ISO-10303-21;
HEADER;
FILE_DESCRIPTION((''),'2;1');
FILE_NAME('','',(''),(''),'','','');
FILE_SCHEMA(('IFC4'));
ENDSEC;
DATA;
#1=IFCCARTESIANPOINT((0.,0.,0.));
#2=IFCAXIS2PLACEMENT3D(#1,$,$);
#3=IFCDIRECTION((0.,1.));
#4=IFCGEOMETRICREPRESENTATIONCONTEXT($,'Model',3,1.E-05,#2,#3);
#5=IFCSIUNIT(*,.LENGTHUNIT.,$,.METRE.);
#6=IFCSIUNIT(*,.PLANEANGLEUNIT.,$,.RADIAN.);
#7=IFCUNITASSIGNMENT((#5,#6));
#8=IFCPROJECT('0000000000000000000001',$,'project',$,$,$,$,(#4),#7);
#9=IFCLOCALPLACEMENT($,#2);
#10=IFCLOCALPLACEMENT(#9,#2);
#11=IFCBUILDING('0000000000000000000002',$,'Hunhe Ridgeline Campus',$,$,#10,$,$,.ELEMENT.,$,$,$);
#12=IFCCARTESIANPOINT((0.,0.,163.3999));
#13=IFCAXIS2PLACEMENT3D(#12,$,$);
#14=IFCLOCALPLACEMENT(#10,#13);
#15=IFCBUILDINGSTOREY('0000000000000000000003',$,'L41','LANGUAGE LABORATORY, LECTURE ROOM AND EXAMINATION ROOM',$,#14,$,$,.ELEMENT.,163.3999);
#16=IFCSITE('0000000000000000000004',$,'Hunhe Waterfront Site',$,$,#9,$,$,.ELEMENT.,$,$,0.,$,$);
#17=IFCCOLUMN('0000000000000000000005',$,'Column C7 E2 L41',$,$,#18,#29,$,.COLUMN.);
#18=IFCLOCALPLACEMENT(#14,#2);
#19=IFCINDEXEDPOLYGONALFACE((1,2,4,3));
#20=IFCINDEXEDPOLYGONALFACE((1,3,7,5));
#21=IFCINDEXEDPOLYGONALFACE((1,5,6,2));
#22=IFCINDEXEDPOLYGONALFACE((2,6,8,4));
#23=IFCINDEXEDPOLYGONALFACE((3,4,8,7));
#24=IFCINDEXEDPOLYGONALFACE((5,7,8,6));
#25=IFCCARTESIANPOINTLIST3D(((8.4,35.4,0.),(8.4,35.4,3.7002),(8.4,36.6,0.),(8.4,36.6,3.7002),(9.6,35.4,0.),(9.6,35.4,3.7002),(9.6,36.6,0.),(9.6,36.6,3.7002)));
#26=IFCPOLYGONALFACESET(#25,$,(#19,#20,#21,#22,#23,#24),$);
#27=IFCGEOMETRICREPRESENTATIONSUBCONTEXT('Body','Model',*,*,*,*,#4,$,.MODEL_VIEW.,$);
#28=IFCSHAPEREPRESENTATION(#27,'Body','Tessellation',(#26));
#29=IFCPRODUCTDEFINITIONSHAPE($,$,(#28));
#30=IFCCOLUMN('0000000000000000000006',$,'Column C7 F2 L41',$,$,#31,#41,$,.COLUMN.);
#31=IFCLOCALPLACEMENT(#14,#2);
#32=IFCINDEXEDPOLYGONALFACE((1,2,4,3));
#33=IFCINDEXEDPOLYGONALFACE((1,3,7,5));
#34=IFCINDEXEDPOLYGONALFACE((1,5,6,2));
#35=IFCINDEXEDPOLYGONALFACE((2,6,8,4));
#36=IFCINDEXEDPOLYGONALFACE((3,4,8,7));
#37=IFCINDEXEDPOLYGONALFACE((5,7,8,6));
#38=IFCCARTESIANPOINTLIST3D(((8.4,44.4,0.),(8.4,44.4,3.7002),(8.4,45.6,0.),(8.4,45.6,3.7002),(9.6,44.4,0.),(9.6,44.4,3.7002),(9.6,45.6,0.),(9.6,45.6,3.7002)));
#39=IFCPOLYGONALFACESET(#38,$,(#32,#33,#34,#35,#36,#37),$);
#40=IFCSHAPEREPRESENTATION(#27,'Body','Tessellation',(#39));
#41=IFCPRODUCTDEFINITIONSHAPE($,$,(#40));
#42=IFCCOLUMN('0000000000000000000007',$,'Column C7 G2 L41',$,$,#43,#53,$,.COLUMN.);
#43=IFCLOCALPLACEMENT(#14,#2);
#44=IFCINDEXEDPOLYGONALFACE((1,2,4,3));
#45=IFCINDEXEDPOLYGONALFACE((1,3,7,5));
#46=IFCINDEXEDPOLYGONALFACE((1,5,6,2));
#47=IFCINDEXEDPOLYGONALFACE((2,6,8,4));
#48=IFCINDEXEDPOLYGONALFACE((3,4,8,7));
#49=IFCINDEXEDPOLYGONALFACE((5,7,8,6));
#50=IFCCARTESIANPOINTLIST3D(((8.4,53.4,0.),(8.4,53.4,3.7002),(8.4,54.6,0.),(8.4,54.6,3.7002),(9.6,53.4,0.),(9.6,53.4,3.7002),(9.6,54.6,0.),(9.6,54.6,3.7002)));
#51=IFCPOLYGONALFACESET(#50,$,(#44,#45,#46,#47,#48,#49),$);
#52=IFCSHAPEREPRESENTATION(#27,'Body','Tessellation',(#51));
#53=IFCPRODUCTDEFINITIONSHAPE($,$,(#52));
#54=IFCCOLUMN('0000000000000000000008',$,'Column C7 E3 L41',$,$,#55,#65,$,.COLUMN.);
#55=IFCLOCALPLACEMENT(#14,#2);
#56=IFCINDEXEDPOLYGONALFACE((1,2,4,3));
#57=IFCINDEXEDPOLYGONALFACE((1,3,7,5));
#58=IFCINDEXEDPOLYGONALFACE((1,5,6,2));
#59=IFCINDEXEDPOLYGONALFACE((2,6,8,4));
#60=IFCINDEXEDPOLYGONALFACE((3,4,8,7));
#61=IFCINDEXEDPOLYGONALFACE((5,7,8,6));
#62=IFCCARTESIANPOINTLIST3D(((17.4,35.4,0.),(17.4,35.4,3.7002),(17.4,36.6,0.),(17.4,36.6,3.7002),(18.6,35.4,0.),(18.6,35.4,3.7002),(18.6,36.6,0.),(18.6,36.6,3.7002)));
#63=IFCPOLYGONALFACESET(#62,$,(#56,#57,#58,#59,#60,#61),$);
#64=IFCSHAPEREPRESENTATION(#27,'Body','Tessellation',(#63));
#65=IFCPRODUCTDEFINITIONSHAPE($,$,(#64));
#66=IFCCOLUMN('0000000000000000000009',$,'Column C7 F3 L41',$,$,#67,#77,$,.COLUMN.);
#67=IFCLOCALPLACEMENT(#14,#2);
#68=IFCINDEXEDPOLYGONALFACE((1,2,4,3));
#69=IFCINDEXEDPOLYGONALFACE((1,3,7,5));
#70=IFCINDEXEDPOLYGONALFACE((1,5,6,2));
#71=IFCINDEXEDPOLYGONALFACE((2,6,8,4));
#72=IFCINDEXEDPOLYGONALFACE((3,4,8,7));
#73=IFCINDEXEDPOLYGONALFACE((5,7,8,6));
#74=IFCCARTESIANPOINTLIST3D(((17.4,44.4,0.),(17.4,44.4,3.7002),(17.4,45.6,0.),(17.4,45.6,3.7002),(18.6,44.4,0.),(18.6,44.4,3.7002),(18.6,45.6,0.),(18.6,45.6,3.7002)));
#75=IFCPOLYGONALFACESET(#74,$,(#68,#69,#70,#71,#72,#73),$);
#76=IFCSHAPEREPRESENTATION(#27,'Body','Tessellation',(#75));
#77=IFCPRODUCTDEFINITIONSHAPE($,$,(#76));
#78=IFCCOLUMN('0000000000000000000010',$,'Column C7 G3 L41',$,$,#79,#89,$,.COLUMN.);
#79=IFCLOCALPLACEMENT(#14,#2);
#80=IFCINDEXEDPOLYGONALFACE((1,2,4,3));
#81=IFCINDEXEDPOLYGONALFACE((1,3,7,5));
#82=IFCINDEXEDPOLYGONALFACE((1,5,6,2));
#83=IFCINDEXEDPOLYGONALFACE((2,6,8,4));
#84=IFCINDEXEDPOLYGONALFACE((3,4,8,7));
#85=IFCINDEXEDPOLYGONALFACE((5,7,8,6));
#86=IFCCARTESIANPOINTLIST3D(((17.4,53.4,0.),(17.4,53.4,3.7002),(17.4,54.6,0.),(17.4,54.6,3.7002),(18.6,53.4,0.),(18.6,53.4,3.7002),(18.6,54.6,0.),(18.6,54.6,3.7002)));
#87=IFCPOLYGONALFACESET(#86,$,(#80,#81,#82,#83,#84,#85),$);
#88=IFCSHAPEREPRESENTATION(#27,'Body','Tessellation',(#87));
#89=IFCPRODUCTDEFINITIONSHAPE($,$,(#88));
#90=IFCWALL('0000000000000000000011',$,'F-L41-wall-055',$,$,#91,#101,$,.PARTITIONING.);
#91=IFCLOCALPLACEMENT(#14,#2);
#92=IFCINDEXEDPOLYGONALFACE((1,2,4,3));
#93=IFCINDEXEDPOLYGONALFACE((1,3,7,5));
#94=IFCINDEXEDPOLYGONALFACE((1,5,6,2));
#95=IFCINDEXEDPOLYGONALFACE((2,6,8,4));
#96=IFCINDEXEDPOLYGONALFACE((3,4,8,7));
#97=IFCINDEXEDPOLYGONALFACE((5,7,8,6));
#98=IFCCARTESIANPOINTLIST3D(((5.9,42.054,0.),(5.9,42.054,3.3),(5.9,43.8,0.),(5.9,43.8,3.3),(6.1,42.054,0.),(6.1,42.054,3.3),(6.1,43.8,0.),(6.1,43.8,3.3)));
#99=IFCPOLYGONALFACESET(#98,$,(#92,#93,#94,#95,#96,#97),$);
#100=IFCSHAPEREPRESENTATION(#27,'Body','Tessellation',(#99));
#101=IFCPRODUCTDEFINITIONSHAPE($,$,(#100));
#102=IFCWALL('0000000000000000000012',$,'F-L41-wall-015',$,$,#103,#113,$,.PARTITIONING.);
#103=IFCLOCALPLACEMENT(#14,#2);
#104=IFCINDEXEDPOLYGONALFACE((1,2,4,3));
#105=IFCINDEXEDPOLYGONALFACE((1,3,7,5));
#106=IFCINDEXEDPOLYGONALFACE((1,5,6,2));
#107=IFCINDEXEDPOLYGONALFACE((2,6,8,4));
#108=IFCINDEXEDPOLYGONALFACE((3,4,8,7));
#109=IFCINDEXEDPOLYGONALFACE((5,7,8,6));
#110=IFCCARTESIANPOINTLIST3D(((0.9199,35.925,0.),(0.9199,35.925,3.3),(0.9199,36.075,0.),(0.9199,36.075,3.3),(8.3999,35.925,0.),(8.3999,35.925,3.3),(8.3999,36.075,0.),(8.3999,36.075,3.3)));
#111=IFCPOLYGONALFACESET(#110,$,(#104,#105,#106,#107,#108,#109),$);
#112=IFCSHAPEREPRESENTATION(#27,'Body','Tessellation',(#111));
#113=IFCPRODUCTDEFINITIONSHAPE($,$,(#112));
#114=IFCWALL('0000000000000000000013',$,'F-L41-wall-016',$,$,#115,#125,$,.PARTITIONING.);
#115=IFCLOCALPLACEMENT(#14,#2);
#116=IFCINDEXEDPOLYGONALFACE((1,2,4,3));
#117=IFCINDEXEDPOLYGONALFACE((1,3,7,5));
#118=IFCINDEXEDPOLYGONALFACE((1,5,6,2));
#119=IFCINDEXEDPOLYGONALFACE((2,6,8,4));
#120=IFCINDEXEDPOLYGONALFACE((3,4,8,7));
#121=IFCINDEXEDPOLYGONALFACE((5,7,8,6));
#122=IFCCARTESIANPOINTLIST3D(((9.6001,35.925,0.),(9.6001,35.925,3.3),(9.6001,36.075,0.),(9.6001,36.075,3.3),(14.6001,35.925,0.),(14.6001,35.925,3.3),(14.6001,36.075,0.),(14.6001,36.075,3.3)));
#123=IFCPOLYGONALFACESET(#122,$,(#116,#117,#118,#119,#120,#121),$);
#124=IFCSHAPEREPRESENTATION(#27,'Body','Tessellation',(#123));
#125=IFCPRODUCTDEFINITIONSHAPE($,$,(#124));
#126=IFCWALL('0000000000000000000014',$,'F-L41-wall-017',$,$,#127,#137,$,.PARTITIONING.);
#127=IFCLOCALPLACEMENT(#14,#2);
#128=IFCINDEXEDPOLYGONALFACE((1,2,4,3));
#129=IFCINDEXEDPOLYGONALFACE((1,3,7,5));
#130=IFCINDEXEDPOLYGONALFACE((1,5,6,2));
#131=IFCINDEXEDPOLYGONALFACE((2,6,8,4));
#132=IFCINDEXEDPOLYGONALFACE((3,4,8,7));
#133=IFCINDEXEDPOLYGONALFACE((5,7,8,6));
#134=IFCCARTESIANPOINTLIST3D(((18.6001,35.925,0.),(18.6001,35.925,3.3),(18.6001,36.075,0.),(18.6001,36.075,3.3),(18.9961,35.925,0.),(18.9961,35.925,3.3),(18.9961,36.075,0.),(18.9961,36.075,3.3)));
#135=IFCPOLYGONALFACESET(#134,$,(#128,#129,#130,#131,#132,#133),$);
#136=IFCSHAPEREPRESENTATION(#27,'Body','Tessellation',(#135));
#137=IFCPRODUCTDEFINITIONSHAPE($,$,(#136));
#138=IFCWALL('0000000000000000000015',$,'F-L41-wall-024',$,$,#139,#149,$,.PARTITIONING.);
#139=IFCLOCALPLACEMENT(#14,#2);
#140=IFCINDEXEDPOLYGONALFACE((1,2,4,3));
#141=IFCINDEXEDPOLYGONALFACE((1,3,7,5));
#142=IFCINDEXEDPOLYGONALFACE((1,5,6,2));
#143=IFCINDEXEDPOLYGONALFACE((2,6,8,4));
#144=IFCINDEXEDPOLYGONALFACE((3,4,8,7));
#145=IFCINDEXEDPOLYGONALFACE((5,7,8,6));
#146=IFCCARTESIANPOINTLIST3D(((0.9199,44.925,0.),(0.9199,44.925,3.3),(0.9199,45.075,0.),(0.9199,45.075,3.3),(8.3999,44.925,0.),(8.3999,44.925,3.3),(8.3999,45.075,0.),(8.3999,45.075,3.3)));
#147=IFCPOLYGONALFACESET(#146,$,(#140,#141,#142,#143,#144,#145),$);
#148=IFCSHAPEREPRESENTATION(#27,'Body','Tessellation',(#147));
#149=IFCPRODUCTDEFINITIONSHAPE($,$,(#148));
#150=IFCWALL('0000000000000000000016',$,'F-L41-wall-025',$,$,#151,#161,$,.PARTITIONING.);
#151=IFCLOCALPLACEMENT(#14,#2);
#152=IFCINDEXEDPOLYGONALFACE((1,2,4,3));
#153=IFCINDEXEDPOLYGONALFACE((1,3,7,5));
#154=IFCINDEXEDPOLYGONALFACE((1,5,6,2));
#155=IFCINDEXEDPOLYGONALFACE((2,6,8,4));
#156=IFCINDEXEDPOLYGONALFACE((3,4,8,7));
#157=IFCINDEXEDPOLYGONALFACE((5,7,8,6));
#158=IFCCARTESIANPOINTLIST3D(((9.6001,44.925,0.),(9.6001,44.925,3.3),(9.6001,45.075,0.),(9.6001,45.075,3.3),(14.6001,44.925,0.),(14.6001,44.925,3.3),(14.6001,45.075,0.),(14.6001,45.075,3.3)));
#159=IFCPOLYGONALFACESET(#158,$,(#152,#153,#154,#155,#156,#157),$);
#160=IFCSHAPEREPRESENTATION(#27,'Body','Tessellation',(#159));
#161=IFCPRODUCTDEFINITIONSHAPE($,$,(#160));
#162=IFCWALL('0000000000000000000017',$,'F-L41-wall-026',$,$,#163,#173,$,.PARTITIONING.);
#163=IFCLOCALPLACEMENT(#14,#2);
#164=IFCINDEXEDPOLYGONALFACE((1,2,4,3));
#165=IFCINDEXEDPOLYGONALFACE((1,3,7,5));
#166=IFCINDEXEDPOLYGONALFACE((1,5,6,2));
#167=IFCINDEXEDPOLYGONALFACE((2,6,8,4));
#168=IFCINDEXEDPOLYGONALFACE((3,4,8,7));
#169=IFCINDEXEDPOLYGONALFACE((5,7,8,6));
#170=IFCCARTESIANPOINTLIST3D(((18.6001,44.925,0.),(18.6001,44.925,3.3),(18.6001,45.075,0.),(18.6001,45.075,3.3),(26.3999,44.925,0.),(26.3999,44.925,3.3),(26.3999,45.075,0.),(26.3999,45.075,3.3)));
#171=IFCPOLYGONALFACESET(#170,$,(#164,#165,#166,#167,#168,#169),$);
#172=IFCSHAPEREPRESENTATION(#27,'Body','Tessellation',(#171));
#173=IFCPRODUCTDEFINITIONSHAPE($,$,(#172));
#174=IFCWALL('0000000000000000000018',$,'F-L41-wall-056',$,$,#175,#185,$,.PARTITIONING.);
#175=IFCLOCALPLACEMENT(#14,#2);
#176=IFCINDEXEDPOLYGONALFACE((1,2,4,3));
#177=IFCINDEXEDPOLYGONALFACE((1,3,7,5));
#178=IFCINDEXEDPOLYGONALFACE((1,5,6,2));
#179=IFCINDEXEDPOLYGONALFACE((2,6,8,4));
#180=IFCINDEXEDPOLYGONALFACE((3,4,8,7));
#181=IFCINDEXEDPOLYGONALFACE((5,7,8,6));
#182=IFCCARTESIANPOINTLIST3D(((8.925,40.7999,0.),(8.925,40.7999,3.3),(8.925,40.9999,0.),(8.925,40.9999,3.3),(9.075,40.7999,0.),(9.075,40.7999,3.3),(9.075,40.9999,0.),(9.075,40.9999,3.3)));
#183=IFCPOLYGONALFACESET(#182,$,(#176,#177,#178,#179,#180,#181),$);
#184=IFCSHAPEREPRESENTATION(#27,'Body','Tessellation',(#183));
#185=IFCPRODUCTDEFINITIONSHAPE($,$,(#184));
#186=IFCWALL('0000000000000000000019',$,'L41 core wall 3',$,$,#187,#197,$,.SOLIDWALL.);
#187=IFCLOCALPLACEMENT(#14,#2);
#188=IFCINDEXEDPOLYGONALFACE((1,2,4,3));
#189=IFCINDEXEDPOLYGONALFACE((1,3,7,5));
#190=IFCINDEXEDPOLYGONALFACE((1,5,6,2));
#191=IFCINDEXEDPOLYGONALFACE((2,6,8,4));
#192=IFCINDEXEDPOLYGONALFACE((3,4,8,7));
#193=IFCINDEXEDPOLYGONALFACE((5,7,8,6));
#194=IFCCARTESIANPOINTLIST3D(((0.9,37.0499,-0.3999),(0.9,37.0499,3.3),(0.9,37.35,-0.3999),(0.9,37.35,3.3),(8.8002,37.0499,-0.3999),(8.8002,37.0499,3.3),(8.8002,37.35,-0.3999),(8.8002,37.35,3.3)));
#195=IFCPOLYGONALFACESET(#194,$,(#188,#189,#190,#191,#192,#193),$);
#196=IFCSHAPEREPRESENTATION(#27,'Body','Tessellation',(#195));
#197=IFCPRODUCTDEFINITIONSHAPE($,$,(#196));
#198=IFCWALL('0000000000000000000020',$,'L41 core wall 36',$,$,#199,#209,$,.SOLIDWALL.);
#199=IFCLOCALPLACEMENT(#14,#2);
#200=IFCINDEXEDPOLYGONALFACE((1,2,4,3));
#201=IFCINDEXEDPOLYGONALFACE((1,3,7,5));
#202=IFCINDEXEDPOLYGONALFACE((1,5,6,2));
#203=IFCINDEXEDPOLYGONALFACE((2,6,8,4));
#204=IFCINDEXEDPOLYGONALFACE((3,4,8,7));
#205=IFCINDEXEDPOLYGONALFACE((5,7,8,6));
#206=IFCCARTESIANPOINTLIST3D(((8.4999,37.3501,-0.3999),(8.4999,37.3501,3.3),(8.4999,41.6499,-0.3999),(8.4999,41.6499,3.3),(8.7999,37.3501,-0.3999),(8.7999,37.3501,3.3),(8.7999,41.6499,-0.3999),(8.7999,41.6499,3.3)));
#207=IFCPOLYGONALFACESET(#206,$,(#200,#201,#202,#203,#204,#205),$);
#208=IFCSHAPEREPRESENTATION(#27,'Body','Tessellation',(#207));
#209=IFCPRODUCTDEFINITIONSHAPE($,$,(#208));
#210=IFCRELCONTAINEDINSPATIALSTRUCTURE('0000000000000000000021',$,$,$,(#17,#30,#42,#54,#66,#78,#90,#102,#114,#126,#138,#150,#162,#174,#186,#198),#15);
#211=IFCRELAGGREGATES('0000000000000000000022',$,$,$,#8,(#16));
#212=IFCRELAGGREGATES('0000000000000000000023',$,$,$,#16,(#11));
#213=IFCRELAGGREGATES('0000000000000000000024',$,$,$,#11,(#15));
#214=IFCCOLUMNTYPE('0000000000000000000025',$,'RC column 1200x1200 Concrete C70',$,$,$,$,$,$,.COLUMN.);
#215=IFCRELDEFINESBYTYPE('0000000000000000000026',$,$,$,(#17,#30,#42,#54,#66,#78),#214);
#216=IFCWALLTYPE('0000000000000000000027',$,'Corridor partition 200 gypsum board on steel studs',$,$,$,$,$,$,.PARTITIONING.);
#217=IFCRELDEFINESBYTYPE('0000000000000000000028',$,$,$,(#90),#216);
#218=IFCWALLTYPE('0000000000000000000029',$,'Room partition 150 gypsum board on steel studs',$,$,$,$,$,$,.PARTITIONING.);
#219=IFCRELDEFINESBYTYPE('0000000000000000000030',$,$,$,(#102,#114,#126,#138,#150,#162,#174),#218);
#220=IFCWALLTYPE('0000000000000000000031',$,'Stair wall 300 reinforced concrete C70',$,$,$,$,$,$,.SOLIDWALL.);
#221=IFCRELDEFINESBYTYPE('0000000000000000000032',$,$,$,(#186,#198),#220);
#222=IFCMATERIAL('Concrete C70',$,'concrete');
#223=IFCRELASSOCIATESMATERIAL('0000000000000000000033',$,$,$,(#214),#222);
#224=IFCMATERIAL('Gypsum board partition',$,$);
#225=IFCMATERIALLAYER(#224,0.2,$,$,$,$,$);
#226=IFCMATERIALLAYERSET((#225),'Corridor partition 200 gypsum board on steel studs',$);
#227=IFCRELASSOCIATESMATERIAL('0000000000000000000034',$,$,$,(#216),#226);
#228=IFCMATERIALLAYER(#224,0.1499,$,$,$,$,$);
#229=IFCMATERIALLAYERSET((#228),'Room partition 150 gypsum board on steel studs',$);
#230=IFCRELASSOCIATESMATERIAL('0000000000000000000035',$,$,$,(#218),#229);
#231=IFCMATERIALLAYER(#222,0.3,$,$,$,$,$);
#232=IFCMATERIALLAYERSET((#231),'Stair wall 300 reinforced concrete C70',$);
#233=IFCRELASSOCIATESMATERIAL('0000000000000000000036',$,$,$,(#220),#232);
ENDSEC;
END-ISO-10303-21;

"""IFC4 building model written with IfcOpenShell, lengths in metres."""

from ifc_helpers import new_model, si_unit, direction, frame, frame_2d, origin, origin_2d, place, context, subcontext, project, spatial, rectangle, extrude, material, layer, layer_set, material_profile, profile_set, type_object, element, save


model = new_model("IFC4")

# Units and contexts
model_context = context("Model", 3, precision=1e-05, world=origin(), true_north=direction((0.0, 1.0)))
body_context = subcontext(model_context, "Body", "Model", "MODEL_VIEW")
ifc_project = project(units=[si_unit("LENGTHUNIT", "METRE"), si_unit("PLANEANGLEUNIT", "RADIAN")], contexts=[model_context])

# Site, building, storey
site_placement = place(None, origin())
site = spatial("IfcSite", under=ifc_project, at=site_placement, Name="Hunhe Waterfront Site", CompositionType="ELEMENT", RefElevation=0.0)
building_placement = place(site_placement, origin())
building = spatial("IfcBuilding", under=site, at=building_placement, Name="Hunhe Ridgeline Campus", CompositionType="ELEMENT")
storey_placement = place(building_placement, frame((0.0, 0.0, 163.3999)))
storey = spatial("IfcBuildingStorey", under=building, at=storey_placement, Name="L41", Description="LANGUAGE LABORATORY, LECTURE ROOM AND EXAMINATION ROOM", CompositionType="ELEMENT", Elevation=163.3999)

# Columns
ifc_material_1 = material(Name="Concrete C70", Category="concrete")
ifc_material_profile = material_profile(ifc_material_1, rectangle(XDim=1.2, YDim=1.2, at=origin_2d()))
ifc_profile_set = profile_set([ifc_material_profile], Name="Concrete C70")
column_type = type_object("IfcColumnType", Name="RC column 1200x1200 Concrete C70", PredefinedType="COLUMN", material=ifc_profile_set)
for number, where, z_axis, x_axis, name in (
    (1, (9.0, 36.0, 0.0), (0.0, 0.0, 1.0), (1.0, 0.0, 0.0), "Column C7 E2 L41"),
    (2, (9.0, 45.0, 0.0), (0.0, 0.0, 1.0), (1.0, 0.0, 0.0), "Column C7 F2 L41"),
    (3, (9.0, 54.0, 0.0), (0.0, 0.0, 1.0), (1.0, 0.0, 0.0), "Column C7 G2 L41"),
    (4, (18.0, 36.0, 0.0), (0.0, 0.0, 1.0), (1.0, 0.0, 0.0), "Column C7 E3 L41"),
    (5, (18.0, 45.0, 0.0), (0.0, 0.0, 1.0), (1.0, 0.0, 0.0), "Column C7 F3 L41"),
    (6, (18.0, 54.0, 0.0), (0.0, 0.0, 1.0), (1.0, 0.0, 0.0), "Column C7 G3 L41"),
):
    element("IfcColumn", number, at=place(storey_placement, frame(where, z_axis=z_axis, x_axis=x_axis)), inside=storey, type_object=column_type, Name=name, PredefinedType="COLUMN", context=body_context, shape_type="SweptSolid", body=[
        extrude(rectangle(XDim=1.2, YDim=1.2, at=origin_2d()), origin(), (0.0, 0.0, 1.0), 3.7002),
    ])

# Shared definitions
ifc_material_2 = material(Name="Gypsum board partition")
ifc_layer_1 = layer(ifc_material_2, 0.2)
ifc_layer_set_1 = layer_set([ifc_layer_1], Name="Corridor partition 200 gypsum board on steel studs")
wall_type_1 = type_object("IfcWallType", Name="Corridor partition 200 gypsum board on steel studs", PredefinedType="PARTITIONING", material=ifc_layer_set_1)

# Wall
wall_1_placement = place(storey_placement, frame((6.0, 42.054, 0.0), z_axis=(0.0, 0.0, 1.0), x_axis=(0.0, 1.0, 0.0)))
element("IfcWall", 7, at=wall_1_placement, inside=storey, type_object=wall_type_1, Name="F-L41-wall-055", PredefinedType="PARTITIONING", context=body_context, shape_type="SweptSolid", body=[
    extrude(rectangle(XDim=1.7461, YDim=0.2, at=frame_2d((0.873, 0.0))), origin(), (0.0, 0.0, 1.0), 3.3),
])

# Walls
ifc_layer_2 = layer(ifc_material_2, 0.1499)
ifc_layer_set_2 = layer_set([ifc_layer_2], Name="Room partition 150 gypsum board on steel studs")
wall_type_2 = type_object("IfcWallType", Name="Room partition 150 gypsum board on steel studs", PredefinedType="PARTITIONING", material=ifc_layer_set_2)
wall_2_placement = place(storey_placement, frame((0.9199, 36.0, 0.0), z_axis=(0.0, 0.0, 1.0), x_axis=(1.0, 0.0, 0.0)))
element("IfcWall", 8, at=wall_2_placement, inside=storey, type_object=wall_type_2, Name="F-L41-wall-015", PredefinedType="PARTITIONING", context=body_context, shape_type="SweptSolid", body=[
    extrude(rectangle(XDim=7.48, YDim=0.1499, at=frame_2d((3.74, 0.0))), origin(), (0.0, 0.0, 1.0), 3.3),
])
wall_3_placement = place(storey_placement, frame((9.6001, 36.0, 0.0), z_axis=(0.0, 0.0, 1.0), x_axis=(1.0, 0.0, 0.0)))
element("IfcWall", 9, at=wall_3_placement, inside=storey, type_object=wall_type_2, Name="F-L41-wall-016", PredefinedType="PARTITIONING", context=body_context, shape_type="SweptSolid", body=[
    extrude(rectangle(XDim=5.0, YDim=0.1499, at=frame_2d((2.5, 0.0))), origin(), (0.0, 0.0, 1.0), 3.3),
])
wall_4_placement = place(storey_placement, frame((18.6001, 36.0, 0.0), z_axis=(0.0, 0.0, 1.0), x_axis=(1.0, 0.0, 0.0)))
element("IfcWall", 10, at=wall_4_placement, inside=storey, type_object=wall_type_2, Name="F-L41-wall-017", PredefinedType="PARTITIONING", context=body_context, shape_type="SweptSolid", body=[
    extrude(rectangle(XDim=0.396, YDim=0.1499, at=frame_2d((0.198, 0.0))), origin(), (0.0, 0.0, 1.0), 3.3),
])
wall_5_placement = place(storey_placement, frame((0.9199, 45.0, 0.0), z_axis=(0.0, 0.0, 1.0), x_axis=(1.0, 0.0, 0.0)))
element("IfcWall", 11, at=wall_5_placement, inside=storey, type_object=wall_type_2, Name="F-L41-wall-024", PredefinedType="PARTITIONING", context=body_context, shape_type="SweptSolid", body=[
    extrude(rectangle(XDim=7.48, YDim=0.1499, at=frame_2d((3.74, 0.0))), origin(), (0.0, 0.0, 1.0), 3.3),
])
wall_6_placement = place(storey_placement, frame((9.6001, 45.0, 0.0), z_axis=(0.0, 0.0, 1.0), x_axis=(1.0, 0.0, 0.0)))
element("IfcWall", 12, at=wall_6_placement, inside=storey, type_object=wall_type_2, Name="F-L41-wall-025", PredefinedType="PARTITIONING", context=body_context, shape_type="SweptSolid", body=[
    extrude(rectangle(XDim=5.0, YDim=0.1499, at=frame_2d((2.5, 0.0))), origin(), (0.0, 0.0, 1.0), 3.3),
])
wall_7_placement = place(storey_placement, frame((18.6001, 45.0, 0.0), z_axis=(0.0, 0.0, 1.0), x_axis=(1.0, 0.0, 0.0)))
element("IfcWall", 13, at=wall_7_placement, inside=storey, type_object=wall_type_2, Name="F-L41-wall-026", PredefinedType="PARTITIONING", context=body_context, shape_type="SweptSolid", body=[
    extrude(rectangle(XDim=7.7998, YDim=0.1499, at=frame_2d((3.8999, 0.0))), origin(), (0.0, 0.0, 1.0), 3.3),
])
wall_8_placement = place(storey_placement, frame((9.0, 41.0, 0.0), z_axis=(0.0, 0.0, 1.0), x_axis=(0.0, -1.0, 0.0)))
element("IfcWall", 14, at=wall_8_placement, inside=storey, type_object=wall_type_2, Name="F-L41-wall-056", PredefinedType="PARTITIONING", context=body_context, shape_type="SweptSolid", body=[
    extrude(rectangle(XDim=0.2, YDim=0.1499, at=frame_2d((0.1001, 0.0))), origin(), (0.0, 0.0, 1.0), 3.3),
])
ifc_layer_3 = layer(ifc_material_1, 0.3)
ifc_layer_set_3 = layer_set([ifc_layer_3], Name="Stair wall 300 reinforced concrete C70")
wall_type_3 = type_object("IfcWallType", Name="Stair wall 300 reinforced concrete C70", PredefinedType="SOLIDWALL", material=ifc_layer_set_3)
wall_9_placement = place(storey_placement, frame((0.8999, 37.2, -0.3999), z_axis=(0.0, 0.0, 1.0), x_axis=(1.0, 0.0, 0.0)))
element("IfcWall", 15, at=wall_9_placement, inside=storey, type_object=wall_type_3, Name="L41 core wall 3", PredefinedType="SOLIDWALL", context=body_context, shape_type="SweptSolid", body=[
    extrude(rectangle(XDim=7.9001, YDim=0.3, at=frame_2d((3.9502, 0.0))), origin(), (0.0, 0.0, 1.0), 3.7),
])

# Wall
wall_10_placement = place(storey_placement, frame((8.6499, 37.3501, -0.3999), z_axis=(0.0, 0.0, 1.0), x_axis=(0.0, 1.0, 0.0)))
element("IfcWall", 16, at=wall_10_placement, inside=storey, type_object=wall_type_3, Name="L41 core wall 36", PredefinedType="SOLIDWALL", context=body_context, shape_type="SweptSolid", body=[
    extrude(rectangle(XDim=4.2998, YDim=0.3, at=frame_2d((2.1499, 0.0))), origin(), (0.0, 0.0, 1.0), 3.7),
])

save(model, "model.ifc")
